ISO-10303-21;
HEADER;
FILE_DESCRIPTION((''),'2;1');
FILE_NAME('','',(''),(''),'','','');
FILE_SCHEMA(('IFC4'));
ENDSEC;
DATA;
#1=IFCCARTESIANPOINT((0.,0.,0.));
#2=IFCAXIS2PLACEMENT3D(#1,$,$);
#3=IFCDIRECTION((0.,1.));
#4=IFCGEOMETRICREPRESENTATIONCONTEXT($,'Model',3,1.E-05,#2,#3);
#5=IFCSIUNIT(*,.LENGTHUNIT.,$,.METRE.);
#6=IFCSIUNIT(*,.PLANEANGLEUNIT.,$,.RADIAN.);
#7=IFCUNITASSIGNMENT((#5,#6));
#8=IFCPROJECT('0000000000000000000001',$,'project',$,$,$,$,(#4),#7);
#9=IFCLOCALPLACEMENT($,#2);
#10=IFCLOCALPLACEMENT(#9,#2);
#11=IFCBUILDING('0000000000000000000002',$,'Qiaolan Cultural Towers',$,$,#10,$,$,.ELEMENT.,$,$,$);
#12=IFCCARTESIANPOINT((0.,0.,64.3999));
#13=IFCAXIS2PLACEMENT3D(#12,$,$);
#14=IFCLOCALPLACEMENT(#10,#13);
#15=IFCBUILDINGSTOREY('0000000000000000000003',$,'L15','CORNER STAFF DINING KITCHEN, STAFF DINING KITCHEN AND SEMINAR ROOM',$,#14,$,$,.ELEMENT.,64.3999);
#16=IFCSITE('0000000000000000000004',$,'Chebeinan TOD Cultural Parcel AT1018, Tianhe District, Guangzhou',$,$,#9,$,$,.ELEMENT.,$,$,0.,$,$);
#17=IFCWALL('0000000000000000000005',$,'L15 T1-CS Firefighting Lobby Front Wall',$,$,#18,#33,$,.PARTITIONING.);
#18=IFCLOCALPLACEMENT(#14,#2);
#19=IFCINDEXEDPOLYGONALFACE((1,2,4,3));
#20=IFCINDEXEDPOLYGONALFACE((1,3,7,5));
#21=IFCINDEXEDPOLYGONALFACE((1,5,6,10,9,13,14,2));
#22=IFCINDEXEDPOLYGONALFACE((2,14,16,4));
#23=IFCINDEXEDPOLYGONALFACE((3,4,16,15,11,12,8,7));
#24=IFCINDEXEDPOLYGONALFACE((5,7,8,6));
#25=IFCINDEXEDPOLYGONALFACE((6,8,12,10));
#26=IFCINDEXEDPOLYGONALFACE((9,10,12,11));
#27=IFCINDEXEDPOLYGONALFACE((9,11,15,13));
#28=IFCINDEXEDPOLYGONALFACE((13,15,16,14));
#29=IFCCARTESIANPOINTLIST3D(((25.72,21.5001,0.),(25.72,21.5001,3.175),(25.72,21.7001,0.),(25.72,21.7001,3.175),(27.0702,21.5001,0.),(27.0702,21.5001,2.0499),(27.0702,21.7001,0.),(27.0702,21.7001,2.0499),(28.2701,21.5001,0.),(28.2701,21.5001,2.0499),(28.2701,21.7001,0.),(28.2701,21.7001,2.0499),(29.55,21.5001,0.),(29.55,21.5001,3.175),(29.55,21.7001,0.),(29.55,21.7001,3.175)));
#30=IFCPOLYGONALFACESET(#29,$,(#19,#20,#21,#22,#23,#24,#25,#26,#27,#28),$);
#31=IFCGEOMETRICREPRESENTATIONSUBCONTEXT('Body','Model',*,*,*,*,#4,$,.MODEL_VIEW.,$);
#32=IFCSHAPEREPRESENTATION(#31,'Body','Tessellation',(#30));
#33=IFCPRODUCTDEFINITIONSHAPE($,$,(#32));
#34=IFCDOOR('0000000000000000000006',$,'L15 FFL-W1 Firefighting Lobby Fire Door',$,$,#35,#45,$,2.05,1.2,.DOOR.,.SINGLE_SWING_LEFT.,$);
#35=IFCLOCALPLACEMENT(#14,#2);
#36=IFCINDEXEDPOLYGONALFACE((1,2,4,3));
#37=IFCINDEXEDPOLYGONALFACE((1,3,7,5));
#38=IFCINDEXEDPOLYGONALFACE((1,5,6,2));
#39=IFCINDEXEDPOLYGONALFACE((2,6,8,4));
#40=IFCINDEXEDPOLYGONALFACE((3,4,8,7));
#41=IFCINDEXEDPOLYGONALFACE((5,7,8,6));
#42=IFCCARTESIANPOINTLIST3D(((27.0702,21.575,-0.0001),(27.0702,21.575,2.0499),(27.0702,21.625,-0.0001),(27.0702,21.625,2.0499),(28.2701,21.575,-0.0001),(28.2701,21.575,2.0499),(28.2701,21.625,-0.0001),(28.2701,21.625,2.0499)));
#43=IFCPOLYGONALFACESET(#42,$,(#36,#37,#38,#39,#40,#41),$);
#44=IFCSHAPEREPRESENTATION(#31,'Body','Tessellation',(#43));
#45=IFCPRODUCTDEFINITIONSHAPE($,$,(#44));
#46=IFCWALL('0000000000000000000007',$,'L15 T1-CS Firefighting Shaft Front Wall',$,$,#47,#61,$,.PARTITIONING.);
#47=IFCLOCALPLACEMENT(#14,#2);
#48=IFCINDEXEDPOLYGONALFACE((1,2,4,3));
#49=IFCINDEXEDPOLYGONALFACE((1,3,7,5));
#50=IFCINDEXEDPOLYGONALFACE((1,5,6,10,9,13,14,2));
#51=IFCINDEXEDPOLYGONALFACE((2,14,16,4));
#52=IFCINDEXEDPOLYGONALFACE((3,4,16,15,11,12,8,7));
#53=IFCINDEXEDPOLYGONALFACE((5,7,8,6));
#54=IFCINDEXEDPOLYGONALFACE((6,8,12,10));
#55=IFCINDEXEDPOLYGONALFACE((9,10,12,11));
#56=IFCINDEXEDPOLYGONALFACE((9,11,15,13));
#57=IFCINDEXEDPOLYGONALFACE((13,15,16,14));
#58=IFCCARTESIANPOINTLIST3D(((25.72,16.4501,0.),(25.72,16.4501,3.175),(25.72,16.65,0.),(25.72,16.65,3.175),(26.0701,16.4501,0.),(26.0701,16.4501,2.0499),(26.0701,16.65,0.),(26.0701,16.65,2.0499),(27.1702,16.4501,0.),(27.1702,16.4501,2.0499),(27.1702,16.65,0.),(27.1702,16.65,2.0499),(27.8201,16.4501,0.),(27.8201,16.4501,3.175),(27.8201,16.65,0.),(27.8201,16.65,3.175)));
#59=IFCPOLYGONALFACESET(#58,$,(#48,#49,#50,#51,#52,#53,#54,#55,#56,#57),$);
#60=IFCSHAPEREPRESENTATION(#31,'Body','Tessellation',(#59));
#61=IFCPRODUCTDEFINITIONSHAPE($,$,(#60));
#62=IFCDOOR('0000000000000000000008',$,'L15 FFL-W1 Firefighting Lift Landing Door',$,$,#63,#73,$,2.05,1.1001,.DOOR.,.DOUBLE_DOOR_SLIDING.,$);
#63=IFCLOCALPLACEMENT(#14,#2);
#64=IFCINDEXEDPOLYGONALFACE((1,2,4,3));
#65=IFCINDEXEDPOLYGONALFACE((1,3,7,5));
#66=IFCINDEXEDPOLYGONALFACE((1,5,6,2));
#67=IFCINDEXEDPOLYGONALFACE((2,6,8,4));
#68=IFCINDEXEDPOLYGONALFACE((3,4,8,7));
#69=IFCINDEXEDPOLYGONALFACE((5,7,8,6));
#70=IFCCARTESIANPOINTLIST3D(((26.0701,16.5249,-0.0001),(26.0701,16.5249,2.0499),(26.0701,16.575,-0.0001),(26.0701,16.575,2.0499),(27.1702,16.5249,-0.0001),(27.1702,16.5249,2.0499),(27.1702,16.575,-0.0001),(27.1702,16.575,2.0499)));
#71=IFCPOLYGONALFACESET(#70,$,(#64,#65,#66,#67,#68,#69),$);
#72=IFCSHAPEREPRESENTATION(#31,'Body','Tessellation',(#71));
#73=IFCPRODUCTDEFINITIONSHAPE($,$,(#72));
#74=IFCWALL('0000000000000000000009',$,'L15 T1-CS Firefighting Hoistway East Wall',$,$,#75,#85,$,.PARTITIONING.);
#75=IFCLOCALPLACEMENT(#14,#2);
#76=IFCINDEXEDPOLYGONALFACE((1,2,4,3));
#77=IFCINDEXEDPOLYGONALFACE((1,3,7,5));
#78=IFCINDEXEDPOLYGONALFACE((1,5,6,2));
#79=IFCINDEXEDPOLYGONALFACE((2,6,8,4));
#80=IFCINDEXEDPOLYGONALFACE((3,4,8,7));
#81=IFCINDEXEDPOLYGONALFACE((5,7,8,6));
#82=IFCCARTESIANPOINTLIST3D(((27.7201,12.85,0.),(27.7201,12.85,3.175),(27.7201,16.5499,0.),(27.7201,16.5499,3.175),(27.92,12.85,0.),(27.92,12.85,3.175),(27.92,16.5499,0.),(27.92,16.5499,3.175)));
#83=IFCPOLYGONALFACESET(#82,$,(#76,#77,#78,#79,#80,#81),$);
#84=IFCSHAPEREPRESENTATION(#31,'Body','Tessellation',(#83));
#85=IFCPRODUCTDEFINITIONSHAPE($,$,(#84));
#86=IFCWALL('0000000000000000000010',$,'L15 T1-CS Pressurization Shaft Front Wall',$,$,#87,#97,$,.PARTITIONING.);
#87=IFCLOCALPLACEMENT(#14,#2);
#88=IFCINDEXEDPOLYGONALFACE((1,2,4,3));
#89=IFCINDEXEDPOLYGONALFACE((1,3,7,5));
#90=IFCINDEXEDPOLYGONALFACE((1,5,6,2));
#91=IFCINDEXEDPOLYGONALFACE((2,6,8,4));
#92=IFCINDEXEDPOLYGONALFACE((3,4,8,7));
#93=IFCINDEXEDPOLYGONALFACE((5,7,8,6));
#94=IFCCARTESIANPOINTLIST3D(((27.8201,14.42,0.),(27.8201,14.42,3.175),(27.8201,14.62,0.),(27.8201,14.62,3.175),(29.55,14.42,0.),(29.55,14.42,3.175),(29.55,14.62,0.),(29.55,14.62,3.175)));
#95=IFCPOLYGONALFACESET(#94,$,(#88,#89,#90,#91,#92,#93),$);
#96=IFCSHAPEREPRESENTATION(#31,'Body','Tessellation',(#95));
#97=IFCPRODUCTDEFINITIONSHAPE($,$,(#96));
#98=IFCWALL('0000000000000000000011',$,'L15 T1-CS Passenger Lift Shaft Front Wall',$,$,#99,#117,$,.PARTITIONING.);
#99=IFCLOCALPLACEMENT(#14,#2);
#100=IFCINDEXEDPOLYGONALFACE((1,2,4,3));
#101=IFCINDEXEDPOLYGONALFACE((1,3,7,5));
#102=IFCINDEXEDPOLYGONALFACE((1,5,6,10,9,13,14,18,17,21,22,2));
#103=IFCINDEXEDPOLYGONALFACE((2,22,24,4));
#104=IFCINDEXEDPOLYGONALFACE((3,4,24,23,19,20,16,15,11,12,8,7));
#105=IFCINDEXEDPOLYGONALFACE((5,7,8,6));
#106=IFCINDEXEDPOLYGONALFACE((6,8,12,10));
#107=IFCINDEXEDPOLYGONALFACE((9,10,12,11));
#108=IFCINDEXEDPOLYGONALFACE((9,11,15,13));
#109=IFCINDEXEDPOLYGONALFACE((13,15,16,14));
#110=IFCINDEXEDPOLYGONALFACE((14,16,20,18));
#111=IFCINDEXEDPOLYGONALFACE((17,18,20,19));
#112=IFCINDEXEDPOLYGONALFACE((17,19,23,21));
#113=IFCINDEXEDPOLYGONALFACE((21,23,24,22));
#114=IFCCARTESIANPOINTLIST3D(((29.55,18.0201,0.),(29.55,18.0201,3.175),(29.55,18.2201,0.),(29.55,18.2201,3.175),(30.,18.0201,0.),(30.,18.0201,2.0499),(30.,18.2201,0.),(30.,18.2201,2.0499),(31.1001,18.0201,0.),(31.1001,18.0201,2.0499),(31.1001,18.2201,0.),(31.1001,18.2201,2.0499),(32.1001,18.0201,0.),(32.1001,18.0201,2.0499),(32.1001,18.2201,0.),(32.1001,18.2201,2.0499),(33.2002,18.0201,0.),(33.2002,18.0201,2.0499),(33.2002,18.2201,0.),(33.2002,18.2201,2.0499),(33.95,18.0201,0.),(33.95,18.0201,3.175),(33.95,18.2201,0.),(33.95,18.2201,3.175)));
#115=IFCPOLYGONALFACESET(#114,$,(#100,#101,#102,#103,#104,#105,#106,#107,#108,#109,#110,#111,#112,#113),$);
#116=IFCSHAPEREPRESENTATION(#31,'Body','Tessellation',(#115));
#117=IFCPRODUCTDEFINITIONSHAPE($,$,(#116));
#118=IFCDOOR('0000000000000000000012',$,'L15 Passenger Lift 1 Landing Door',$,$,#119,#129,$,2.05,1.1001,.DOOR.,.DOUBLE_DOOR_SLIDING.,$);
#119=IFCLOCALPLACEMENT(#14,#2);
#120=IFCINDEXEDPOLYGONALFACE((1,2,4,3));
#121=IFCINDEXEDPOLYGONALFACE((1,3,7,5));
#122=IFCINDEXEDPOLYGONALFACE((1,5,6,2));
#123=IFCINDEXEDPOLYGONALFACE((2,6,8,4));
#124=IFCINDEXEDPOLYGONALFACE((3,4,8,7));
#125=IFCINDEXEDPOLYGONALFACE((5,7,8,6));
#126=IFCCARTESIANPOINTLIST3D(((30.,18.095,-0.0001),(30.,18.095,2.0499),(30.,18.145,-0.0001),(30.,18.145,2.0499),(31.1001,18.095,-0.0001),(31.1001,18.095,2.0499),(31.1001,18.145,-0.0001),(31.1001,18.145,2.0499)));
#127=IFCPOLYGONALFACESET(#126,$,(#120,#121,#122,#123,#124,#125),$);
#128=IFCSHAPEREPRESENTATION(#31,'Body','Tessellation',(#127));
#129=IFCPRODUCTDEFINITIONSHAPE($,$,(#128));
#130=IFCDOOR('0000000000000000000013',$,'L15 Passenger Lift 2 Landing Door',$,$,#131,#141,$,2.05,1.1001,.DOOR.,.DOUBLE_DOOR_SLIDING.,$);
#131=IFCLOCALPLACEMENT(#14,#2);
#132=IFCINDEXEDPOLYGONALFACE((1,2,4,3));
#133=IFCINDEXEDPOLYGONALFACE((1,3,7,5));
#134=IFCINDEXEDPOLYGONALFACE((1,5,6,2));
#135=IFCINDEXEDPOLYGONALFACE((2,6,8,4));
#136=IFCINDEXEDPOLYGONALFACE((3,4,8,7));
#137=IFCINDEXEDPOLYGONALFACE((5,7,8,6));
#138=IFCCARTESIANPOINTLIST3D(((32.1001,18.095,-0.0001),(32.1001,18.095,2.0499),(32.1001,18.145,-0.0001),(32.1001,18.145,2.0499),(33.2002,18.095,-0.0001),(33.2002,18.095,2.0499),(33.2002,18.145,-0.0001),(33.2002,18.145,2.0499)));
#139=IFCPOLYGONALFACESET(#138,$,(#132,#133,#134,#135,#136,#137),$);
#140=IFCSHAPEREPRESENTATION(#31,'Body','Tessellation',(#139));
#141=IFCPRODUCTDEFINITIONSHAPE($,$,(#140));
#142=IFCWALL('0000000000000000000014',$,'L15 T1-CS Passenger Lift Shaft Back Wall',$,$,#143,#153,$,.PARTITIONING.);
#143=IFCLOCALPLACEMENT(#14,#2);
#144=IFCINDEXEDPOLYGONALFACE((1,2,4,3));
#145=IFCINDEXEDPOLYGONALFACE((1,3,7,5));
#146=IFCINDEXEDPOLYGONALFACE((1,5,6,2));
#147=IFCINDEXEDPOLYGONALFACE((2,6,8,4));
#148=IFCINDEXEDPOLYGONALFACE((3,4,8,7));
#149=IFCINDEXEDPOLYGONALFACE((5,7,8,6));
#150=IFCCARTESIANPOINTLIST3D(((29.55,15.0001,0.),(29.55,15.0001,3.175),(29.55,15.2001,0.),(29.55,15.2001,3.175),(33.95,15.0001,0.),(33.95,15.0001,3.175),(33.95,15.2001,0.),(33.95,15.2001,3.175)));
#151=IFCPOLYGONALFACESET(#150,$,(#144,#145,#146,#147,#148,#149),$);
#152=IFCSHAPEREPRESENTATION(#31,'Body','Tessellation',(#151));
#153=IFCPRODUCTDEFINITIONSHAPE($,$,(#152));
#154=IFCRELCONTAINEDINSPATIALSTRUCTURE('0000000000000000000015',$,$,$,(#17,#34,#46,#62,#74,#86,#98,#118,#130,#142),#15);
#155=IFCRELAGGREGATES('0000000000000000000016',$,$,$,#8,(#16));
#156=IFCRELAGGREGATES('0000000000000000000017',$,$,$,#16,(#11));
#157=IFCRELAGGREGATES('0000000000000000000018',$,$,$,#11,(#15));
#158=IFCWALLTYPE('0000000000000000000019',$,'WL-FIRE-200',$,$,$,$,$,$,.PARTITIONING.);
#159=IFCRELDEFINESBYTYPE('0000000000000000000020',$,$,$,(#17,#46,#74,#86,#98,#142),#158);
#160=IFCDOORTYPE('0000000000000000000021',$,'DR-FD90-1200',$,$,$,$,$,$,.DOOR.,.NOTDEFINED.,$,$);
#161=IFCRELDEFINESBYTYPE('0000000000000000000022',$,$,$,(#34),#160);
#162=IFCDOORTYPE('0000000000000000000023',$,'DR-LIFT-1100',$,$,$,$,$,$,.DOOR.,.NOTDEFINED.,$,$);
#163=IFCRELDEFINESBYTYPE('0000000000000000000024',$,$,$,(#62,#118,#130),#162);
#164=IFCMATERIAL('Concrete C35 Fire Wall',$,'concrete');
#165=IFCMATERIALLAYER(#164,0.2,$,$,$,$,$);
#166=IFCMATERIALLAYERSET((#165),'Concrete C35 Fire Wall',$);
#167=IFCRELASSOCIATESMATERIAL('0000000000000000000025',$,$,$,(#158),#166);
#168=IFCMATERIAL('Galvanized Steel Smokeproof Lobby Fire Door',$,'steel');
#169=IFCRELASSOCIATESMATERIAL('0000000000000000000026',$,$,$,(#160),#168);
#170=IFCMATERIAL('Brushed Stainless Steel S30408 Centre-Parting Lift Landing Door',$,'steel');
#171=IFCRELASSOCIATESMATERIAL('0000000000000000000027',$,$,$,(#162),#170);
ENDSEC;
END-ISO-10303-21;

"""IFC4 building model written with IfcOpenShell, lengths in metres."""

from ifc_helpers import new_model, si_unit, direction, frame, frame_2d, origin, place, context, subcontext, project, spatial, rectangle, extrude, material, layer, layer_set, type_object, element, fill, save


model = new_model("IFC4")

# Units and contexts
model_context = context("Model", 3, precision=1e-05, world=origin(), true_north=direction((0.0, 1.0)))
body_context = subcontext(model_context, "Body", "Model", "MODEL_VIEW")
ifc_project = project(units=[si_unit("LENGTHUNIT", "METRE"), si_unit("PLANEANGLEUNIT", "RADIAN")], contexts=[model_context])

# Site, building, storey
site_placement = place(None, origin())
site = spatial("IfcSite", under=ifc_project, at=site_placement, Name="Chebeinan TOD Cultural Parcel AT1018, Tianhe District, Guangzhou", CompositionType="ELEMENT", RefElevation=0.0)
building_placement = place(site_placement, origin())
building = spatial("IfcBuilding", under=site, at=building_placement, Name="Qiaolan Cultural Towers", CompositionType="ELEMENT")
storey_placement = place(building_placement, frame((0.0, 0.0, 64.3999)))
storey = spatial("IfcBuildingStorey", under=building, at=storey_placement, Name="L15", Description="CORNER STAFF DINING KITCHEN, STAFF DINING KITCHEN AND SEMINAR ROOM", CompositionType="ELEMENT", Elevation=64.3999)

# Shared definitions
ifc_material_1 = material(Name="Concrete C35 Fire Wall", Category="concrete")
ifc_layer_1 = layer(ifc_material_1, 0.2)
ifc_layer_set_1 = layer_set([ifc_layer_1], Name="Concrete C35 Fire Wall")
wall_type_1 = type_object("IfcWallType", Name="WL-FIRE-200", PredefinedType="PARTITIONING", material=ifc_layer_set_1)

# Walls, openings, doors
wall_1_placement = place(storey_placement, frame((25.72, 21.6001, 0.0), z_axis=(0.0, 0.0, 1.0), x_axis=(1.0, 0.0, 0.0)))
wall_1 = element("IfcWall", 1, at=wall_1_placement, inside=storey, type_object=wall_type_1, Name="L15 T1-CS Firefighting Lobby Front Wall", PredefinedType="PARTITIONING", context=body_context, shape_type="SweptSolid", body=[
    extrude(rectangle(XDim=3.8301, YDim=0.2, at=frame_2d((1.915, 0.0))), origin(), (0.0, 0.0, 1.0), 3.175),
])
opening_1_placement = place(wall_1_placement, frame((1.3501, 0.0, 0.0)))
opening_1 = element("IfcOpeningElement", 2, at=opening_1_placement, cuts=wall_1, PredefinedType="OPENING", context=body_context, shape_type="SweptSolid", body=[
    extrude(rectangle(XDim=1.2, YDim=2.05, at=frame_2d((0.6001, 1.0249))), frame((0.0, 0.1099, 0.0), z_axis=(0.0, -1.0, 0.0), x_axis=(1.0, 0.0, 0.0)), (0.0, 0.0, 1.0), 0.22),
])
ifc_material_2 = material(Name="Galvanized Steel Smokeproof Lobby Fire Door", Category="steel")
door_type_1 = type_object("IfcDoorType", Name="DR-FD90-1200", OperationType="NOTDEFINED", PredefinedType="DOOR", material=ifc_material_2)
door_1_placement = place(opening_1_placement, origin())
door_1 = element("IfcDoor", 3, at=door_1_placement, inside=storey, type_object=door_type_1, Name="L15 FFL-W1 Firefighting Lobby Fire Door", OperationType="SINGLE_SWING_LEFT", OverallHeight=2.05, OverallWidth=1.2, PredefinedType="DOOR", context=body_context, shape_type="SweptSolid", body=[
    extrude(rectangle(XDim=1.2, YDim=2.05, at=frame_2d((0.6001, 1.0249))), frame((0.0, 0.0249, 0.0), z_axis=(0.0, -1.0, 0.0), x_axis=(1.0, 0.0, 0.0)), (0.0, 0.0, 1.0), 0.05),
])
fill(opening_1, door_1)
wall_2_placement = place(storey_placement, frame((25.72, 16.55, 0.0), z_axis=(0.0, 0.0, 1.0), x_axis=(1.0, 0.0, 0.0)))
wall_2 = element("IfcWall", 4, at=wall_2_placement, inside=storey, type_object=wall_type_1, Name="L15 T1-CS Firefighting Shaft Front Wall", PredefinedType="PARTITIONING", context=body_context, shape_type="SweptSolid", body=[
    extrude(rectangle(XDim=2.1001, YDim=0.2, at=frame_2d((1.05, 0.0))), origin(), (0.0, 0.0, 1.0), 3.175),
])
opening_2_placement = place(wall_2_placement, frame((0.3501, 0.0, 0.0)))
opening_2 = element("IfcOpeningElement", 5, at=opening_2_placement, cuts=wall_2, PredefinedType="OPENING", context=body_context, shape_type="SweptSolid", body=[
    extrude(rectangle(XDim=1.1001, YDim=2.05, at=frame_2d((0.55, 1.0249))), frame((0.0, 0.1099, 0.0), z_axis=(0.0, -1.0, 0.0), x_axis=(1.0, 0.0, 0.0)), (0.0, 0.0, 1.0), 0.22),
])
ifc_material_3 = material(Name="Brushed Stainless Steel S30408 Centre-Parting Lift Landing Door", Category="steel")
door_type_2 = type_object("IfcDoorType", Name="DR-LIFT-1100", OperationType="NOTDEFINED", PredefinedType="DOOR", material=ifc_material_3)
door_2_placement = place(opening_2_placement, origin())
door_2 = element("IfcDoor", 6, at=door_2_placement, inside=storey, type_object=door_type_2, Name="L15 FFL-W1 Firefighting Lift Landing Door", OperationType="DOUBLE_DOOR_SLIDING", OverallHeight=2.05, OverallWidth=1.1001, PredefinedType="DOOR", context=body_context, shape_type="SweptSolid", body=[
    extrude(rectangle(XDim=1.1001, YDim=2.05, at=frame_2d((0.55, 1.0249))), frame((0.0, 0.0249, 0.0), z_axis=(0.0, -1.0, 0.0), x_axis=(1.0, 0.0, 0.0)), (0.0, 0.0, 1.0), 0.05),
])
fill(opening_2, door_2)

# Walls
wall_3_placement = place(storey_placement, frame((27.8201, 16.55, 0.0), z_axis=(0.0, 0.0, 1.0), x_axis=(0.0, -1.0, 0.0)))
element("IfcWall", 7, at=wall_3_placement, inside=storey, type_object=wall_type_1, Name="L15 T1-CS Firefighting Hoistway East Wall", PredefinedType="PARTITIONING", context=body_context, shape_type="SweptSolid", body=[
    extrude(rectangle(XDim=3.7, YDim=0.2, at=frame_2d((1.8501, 0.0))), origin(), (0.0, 0.0, 1.0), 3.175),
])
wall_4_placement = place(storey_placement, frame((27.8201, 14.52, 0.0), z_axis=(0.0, 0.0, 1.0), x_axis=(1.0, 0.0, 0.0)))
element("IfcWall", 8, at=wall_4_placement, inside=storey, type_object=wall_type_1, Name="L15 T1-CS Pressurization Shaft Front Wall", PredefinedType="PARTITIONING", context=body_context, shape_type="SweptSolid", body=[
    extrude(rectangle(XDim=1.73, YDim=0.2, at=frame_2d((0.865, 0.0))), origin(), (0.0, 0.0, 1.0), 3.175),
])

# Wall, openings, doors
wall_5_placement = place(storey_placement, frame((29.55, 18.1201, 0.0), z_axis=(0.0, 0.0, 1.0), x_axis=(1.0, 0.0, 0.0)))
wall_5 = element("IfcWall", 9, at=wall_5_placement, inside=storey, type_object=wall_type_1, Name="L15 T1-CS Passenger Lift Shaft Front Wall", PredefinedType="PARTITIONING", context=body_context, shape_type="SweptSolid", body=[
    extrude(rectangle(XDim=4.3999, YDim=0.2, at=frame_2d((2.2, 0.0))), origin(), (0.0, 0.0, 1.0), 3.175),
])
opening_3_placement = place(wall_5_placement, frame((0.45, 0.0, 0.0)))
opening_3 = element("IfcOpeningElement", 10, at=opening_3_placement, cuts=wall_5, PredefinedType="OPENING", context=body_context, shape_type="SweptSolid", body=[
    extrude(rectangle(XDim=1.1001, YDim=2.05, at=frame_2d((0.55, 1.0249))), frame((0.0, 0.1099, 0.0), z_axis=(0.0, -1.0, 0.0), x_axis=(1.0, 0.0, 0.0)), (0.0, 0.0, 1.0), 0.22),
])
opening_4_placement = place(wall_5_placement, frame((2.55, 0.0, 0.0)))
opening_4 = element("IfcOpeningElement", 11, at=opening_4_placement, cuts=wall_5, PredefinedType="OPENING", context=body_context, shape_type="SweptSolid", body=[
    extrude(rectangle(XDim=1.1001, YDim=2.05, at=frame_2d((0.55, 1.0249))), frame((0.0, 0.1099, 0.0), z_axis=(0.0, -1.0, 0.0), x_axis=(1.0, 0.0, 0.0)), (0.0, 0.0, 1.0), 0.22),
])
door_3_placement = place(opening_3_placement, origin())
door_3 = element("IfcDoor", 12, at=door_3_placement, inside=storey, type_object=door_type_2, Name="L15 Passenger Lift 1 Landing Door", OperationType="DOUBLE_DOOR_SLIDING", OverallHeight=2.05, OverallWidth=1.1001, PredefinedType="DOOR", context=body_context, shape_type="SweptSolid", body=[
    extrude(rectangle(XDim=1.1001, YDim=2.05, at=frame_2d((0.55, 1.0249))), frame((0.0, 0.0249, 0.0), z_axis=(0.0, -1.0, 0.0), x_axis=(1.0, 0.0, 0.0)), (0.0, 0.0, 1.0), 0.05),
])
fill(opening_3, door_3)
door_4_placement = place(opening_4_placement, origin())
door_4 = element("IfcDoor", 13, at=door_4_placement, inside=storey, type_object=door_type_2, Name="L15 Passenger Lift 2 Landing Door", OperationType="DOUBLE_DOOR_SLIDING", OverallHeight=2.05, OverallWidth=1.1001, PredefinedType="DOOR", context=body_context, shape_type="SweptSolid", body=[
    extrude(rectangle(XDim=1.1001, YDim=2.05, at=frame_2d((0.55, 1.0249))), frame((0.0, 0.0249, 0.0), z_axis=(0.0, -1.0, 0.0), x_axis=(1.0, 0.0, 0.0)), (0.0, 0.0, 1.0), 0.05),
])
fill(opening_4, door_4)

# Wall
wall_6_placement = place(storey_placement, frame((29.55, 15.1001, 0.0), z_axis=(0.0, 0.0, 1.0), x_axis=(1.0, 0.0, 0.0)))
element("IfcWall", 14, at=wall_6_placement, inside=storey, type_object=wall_type_1, Name="L15 T1-CS Passenger Lift Shaft Back Wall", PredefinedType="PARTITIONING", context=body_context, shape_type="SweptSolid", body=[
    extrude(rectangle(XDim=4.3999, YDim=0.2, at=frame_2d((2.2, 0.0))), origin(), (0.0, 0.0, 1.0), 3.175),
])

save(model, "model.ifc")
